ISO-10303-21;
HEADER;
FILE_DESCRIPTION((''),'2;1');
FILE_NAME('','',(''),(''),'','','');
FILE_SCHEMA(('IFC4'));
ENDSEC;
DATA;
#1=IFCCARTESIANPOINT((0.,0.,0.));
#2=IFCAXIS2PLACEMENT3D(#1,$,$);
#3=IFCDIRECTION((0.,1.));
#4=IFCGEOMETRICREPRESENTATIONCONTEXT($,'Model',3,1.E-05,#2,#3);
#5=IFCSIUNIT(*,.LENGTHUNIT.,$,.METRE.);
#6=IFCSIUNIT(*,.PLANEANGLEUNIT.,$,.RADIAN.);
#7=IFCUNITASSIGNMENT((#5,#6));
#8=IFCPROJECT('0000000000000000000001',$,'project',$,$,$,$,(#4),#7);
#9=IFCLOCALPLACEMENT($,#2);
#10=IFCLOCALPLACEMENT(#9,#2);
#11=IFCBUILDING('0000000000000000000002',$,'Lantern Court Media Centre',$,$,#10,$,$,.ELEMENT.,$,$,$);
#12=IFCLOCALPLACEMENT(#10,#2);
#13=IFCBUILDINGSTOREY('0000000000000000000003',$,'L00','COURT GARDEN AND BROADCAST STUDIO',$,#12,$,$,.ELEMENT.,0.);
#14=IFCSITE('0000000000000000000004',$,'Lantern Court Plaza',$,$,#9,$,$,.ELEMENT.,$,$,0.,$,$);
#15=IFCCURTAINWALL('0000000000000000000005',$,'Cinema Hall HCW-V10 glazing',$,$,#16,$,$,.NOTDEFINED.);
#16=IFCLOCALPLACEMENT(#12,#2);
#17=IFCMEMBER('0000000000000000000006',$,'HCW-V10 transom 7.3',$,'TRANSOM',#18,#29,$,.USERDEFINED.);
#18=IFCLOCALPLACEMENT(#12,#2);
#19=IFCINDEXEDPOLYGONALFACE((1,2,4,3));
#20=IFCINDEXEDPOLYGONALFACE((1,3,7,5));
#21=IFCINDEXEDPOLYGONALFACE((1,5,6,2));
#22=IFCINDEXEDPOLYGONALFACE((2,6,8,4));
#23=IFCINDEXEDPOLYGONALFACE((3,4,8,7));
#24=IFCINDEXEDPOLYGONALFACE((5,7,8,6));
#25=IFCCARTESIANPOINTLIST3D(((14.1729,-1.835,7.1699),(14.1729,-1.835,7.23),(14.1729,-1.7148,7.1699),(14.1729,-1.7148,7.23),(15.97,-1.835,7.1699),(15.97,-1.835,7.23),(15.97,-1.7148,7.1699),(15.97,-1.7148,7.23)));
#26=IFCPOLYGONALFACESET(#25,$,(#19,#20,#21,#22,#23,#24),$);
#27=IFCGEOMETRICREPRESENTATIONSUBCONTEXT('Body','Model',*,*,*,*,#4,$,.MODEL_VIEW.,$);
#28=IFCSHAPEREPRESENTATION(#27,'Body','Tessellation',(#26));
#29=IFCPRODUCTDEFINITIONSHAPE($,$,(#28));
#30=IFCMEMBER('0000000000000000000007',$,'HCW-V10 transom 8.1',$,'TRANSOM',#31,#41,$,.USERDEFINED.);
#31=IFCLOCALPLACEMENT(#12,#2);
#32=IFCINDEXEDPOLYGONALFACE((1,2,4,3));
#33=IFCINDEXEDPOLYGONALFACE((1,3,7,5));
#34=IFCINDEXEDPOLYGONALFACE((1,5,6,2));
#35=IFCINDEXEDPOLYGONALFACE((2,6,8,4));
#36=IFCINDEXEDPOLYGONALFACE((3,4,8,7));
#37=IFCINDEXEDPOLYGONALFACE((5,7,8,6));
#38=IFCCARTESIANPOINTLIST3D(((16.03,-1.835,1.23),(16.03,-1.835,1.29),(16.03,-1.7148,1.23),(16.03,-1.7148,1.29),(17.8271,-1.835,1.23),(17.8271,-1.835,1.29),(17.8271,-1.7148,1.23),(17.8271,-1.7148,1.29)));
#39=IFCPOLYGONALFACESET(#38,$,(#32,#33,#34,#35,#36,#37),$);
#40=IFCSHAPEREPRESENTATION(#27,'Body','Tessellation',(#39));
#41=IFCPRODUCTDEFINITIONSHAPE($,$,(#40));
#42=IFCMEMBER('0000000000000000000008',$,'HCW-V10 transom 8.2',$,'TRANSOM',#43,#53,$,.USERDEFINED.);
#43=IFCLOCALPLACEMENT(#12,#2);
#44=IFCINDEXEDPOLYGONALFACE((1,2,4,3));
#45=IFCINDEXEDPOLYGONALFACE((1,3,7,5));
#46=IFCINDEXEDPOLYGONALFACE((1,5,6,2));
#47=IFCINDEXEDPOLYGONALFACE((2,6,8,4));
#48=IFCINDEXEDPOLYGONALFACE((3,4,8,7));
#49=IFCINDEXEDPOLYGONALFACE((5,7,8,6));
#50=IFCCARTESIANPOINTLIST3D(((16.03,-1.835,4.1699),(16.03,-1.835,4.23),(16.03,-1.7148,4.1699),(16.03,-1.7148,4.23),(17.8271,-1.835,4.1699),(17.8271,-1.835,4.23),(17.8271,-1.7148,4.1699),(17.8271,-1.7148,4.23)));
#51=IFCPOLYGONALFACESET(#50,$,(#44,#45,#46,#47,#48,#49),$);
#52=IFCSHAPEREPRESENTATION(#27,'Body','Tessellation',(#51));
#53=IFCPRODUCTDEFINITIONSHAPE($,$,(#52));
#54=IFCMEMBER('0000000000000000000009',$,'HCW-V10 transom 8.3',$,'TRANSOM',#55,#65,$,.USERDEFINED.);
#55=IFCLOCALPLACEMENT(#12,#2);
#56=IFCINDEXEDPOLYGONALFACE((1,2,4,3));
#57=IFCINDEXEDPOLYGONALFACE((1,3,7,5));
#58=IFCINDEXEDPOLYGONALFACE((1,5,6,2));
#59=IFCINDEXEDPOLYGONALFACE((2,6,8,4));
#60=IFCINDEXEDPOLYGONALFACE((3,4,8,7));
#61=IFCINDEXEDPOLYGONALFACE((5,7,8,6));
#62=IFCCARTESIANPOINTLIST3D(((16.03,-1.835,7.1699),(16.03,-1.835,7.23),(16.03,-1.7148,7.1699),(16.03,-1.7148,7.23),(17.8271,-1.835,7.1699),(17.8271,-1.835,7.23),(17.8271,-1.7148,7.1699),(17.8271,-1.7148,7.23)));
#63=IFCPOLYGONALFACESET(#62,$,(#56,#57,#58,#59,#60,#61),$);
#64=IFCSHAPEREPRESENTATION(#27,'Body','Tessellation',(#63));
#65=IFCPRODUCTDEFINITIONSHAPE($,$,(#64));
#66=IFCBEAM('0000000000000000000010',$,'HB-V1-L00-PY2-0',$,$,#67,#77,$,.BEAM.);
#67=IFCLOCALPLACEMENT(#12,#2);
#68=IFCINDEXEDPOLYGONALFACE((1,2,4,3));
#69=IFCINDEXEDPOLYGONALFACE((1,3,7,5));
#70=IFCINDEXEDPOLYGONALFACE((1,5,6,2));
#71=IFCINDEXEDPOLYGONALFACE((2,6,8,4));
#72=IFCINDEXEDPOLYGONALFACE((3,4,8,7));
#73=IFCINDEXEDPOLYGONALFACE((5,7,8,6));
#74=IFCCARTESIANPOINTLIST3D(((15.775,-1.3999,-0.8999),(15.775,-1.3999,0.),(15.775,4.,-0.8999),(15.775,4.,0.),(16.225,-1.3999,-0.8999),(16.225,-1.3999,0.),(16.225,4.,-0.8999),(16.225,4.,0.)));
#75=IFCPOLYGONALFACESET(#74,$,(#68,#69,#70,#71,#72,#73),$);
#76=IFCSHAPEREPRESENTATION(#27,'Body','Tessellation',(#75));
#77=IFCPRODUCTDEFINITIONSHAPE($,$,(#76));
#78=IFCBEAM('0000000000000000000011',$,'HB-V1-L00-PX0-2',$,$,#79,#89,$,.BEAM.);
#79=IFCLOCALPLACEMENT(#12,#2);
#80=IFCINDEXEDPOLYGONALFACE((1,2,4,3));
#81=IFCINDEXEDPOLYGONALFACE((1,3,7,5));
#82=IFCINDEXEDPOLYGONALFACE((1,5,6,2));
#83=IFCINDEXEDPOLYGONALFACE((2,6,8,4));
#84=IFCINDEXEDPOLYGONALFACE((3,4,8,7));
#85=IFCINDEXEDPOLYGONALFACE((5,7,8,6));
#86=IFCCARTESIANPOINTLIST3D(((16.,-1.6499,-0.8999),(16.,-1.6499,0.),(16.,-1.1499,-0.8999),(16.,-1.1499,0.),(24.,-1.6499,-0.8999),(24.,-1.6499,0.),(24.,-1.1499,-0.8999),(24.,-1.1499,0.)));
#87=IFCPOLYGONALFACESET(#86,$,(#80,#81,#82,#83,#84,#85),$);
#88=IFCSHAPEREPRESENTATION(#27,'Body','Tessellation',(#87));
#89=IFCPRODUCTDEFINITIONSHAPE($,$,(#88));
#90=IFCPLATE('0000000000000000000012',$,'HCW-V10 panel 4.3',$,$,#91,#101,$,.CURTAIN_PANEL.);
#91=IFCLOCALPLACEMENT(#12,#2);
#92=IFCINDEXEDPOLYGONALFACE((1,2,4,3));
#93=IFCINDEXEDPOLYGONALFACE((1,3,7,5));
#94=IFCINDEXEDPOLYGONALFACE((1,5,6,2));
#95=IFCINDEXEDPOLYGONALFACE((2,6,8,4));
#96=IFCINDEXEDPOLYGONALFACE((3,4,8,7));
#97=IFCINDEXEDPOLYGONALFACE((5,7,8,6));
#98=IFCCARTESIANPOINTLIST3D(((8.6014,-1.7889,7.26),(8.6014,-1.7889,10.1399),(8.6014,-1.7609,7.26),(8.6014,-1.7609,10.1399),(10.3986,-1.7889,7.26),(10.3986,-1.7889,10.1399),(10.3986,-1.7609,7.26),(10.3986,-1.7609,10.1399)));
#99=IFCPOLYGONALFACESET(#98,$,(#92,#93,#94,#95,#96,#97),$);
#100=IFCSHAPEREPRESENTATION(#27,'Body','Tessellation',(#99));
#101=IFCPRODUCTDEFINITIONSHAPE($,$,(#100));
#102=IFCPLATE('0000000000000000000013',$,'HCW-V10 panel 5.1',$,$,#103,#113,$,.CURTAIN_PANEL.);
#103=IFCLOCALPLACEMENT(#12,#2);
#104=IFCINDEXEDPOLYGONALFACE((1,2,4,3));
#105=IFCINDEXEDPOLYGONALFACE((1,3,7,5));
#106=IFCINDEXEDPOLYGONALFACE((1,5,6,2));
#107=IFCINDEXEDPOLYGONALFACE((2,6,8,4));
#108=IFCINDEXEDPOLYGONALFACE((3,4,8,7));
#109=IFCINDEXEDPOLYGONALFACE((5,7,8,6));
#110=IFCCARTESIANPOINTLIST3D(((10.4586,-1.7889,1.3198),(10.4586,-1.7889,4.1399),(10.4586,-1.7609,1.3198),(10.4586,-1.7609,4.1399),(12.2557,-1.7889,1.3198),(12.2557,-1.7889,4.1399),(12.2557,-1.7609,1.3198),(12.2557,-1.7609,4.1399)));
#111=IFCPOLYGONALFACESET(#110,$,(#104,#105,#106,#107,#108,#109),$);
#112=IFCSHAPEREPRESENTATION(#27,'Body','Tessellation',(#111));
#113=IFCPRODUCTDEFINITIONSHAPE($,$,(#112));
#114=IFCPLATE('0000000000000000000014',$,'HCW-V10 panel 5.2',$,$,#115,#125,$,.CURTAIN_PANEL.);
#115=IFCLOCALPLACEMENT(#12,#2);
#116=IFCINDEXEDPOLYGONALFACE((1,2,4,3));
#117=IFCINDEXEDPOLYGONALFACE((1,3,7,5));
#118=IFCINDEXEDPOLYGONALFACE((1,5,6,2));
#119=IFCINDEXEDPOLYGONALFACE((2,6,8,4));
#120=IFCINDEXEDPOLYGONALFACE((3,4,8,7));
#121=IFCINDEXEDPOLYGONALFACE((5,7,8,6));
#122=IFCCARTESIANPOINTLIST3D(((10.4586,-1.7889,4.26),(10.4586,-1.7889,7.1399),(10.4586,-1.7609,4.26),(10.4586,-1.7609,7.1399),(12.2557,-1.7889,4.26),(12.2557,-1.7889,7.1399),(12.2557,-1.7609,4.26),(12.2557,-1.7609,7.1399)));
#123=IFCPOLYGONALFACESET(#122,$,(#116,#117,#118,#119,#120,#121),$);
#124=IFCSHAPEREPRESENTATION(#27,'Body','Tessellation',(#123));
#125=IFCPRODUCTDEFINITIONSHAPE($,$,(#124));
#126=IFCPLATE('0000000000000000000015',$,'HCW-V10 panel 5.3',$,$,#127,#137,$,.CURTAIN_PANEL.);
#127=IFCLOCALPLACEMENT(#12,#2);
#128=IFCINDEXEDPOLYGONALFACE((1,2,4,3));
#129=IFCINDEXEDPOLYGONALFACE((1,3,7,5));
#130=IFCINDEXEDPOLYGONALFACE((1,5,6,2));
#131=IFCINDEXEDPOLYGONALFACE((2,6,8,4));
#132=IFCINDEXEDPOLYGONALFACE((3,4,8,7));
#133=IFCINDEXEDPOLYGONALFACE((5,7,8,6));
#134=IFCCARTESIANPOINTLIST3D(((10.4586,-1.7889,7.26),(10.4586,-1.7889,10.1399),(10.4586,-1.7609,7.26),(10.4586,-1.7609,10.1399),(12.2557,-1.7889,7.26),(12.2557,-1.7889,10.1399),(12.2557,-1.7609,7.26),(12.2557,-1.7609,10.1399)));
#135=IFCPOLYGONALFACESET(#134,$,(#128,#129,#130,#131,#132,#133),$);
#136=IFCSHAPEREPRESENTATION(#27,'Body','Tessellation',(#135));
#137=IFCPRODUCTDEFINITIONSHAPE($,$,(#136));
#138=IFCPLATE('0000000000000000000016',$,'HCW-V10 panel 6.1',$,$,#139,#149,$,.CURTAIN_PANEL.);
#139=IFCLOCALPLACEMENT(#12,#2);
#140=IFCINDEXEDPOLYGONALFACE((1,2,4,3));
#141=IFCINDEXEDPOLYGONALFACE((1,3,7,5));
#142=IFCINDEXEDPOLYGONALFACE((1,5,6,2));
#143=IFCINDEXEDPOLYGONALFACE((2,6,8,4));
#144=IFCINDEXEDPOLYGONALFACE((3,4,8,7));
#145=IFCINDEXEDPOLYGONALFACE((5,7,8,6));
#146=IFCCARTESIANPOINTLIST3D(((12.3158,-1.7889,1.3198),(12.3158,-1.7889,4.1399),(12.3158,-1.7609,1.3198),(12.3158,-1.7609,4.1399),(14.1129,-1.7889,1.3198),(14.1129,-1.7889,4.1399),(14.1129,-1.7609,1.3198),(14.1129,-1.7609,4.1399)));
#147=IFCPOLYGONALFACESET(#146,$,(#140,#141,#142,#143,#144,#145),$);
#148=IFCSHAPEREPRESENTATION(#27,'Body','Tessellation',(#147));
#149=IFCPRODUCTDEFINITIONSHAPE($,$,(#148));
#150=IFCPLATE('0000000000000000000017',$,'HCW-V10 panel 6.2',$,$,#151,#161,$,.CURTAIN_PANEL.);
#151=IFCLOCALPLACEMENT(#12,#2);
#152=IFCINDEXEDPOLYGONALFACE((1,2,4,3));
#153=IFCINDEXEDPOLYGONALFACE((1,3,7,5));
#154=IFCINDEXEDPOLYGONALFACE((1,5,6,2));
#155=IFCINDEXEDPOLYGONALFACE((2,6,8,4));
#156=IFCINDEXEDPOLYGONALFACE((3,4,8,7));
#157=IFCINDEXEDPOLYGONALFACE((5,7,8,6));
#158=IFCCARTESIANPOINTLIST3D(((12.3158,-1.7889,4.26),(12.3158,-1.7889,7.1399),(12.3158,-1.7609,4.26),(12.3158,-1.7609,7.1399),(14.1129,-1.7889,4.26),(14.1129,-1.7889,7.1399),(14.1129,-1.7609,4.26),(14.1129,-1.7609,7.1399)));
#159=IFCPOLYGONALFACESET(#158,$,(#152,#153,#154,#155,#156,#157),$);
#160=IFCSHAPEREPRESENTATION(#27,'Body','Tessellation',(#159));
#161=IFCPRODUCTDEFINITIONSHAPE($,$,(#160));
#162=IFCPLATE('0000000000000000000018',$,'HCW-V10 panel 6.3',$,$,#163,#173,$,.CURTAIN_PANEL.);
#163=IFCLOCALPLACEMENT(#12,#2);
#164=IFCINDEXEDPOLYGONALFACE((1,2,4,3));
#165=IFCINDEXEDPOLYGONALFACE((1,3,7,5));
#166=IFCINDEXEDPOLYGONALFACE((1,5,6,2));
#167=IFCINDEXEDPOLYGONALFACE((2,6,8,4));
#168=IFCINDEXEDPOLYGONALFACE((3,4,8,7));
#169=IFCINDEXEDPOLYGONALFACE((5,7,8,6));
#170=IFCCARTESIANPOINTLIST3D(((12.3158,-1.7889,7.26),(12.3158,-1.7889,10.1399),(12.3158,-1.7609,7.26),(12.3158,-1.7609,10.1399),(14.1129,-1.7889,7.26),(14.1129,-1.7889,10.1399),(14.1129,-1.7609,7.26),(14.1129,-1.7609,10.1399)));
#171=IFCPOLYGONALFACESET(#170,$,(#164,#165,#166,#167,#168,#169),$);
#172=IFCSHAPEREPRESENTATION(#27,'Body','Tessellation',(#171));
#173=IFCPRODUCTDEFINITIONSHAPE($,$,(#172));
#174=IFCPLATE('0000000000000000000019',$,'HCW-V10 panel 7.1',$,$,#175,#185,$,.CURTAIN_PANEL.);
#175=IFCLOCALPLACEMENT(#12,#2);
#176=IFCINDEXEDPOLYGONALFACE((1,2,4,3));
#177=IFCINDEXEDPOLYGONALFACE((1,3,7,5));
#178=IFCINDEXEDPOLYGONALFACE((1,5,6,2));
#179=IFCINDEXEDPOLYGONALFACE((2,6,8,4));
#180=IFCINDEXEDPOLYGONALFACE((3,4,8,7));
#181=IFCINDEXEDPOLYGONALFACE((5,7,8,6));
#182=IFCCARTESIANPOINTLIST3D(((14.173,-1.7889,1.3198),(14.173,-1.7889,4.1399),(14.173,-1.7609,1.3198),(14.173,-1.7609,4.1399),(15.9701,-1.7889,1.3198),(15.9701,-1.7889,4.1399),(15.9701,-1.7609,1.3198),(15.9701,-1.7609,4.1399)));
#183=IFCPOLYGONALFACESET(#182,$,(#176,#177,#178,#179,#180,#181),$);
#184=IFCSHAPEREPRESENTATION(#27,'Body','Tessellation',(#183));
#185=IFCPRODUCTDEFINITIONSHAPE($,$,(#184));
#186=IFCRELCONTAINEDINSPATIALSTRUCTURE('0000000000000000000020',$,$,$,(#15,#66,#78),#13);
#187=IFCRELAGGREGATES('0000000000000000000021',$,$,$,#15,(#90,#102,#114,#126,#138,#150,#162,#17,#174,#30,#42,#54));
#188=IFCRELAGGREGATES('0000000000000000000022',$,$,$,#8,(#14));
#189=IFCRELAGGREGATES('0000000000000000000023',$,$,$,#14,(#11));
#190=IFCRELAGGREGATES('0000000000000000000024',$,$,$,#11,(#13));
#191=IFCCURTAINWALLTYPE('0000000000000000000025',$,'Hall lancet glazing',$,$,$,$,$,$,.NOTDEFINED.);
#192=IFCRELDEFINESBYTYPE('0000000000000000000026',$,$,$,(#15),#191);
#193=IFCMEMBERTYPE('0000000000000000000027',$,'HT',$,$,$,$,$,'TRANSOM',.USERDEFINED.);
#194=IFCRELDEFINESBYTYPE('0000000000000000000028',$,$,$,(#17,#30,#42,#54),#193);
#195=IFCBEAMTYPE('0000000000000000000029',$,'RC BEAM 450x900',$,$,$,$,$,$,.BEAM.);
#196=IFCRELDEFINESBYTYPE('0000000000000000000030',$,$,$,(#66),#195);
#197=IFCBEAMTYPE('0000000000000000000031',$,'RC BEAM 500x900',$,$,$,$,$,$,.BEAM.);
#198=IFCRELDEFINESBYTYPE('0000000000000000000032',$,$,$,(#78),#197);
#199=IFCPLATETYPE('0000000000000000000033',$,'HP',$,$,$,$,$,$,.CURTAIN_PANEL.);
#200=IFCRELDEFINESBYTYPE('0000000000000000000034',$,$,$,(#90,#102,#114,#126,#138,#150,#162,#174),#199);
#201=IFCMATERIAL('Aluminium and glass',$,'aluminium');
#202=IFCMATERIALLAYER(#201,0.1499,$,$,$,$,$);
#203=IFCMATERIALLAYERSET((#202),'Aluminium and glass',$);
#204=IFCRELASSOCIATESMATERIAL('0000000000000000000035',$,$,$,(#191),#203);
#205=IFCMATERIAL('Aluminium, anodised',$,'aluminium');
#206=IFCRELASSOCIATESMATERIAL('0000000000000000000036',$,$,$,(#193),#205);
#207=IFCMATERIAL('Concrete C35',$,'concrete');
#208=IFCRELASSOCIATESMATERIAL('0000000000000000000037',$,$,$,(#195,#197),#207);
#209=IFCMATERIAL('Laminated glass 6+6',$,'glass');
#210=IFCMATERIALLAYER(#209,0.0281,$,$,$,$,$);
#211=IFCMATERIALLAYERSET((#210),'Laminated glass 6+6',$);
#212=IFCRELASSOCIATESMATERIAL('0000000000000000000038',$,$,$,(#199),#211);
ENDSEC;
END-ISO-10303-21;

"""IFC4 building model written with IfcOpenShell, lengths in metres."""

from ifc_helpers import new_model, si_unit, direction, frame, origin, origin_2d, place, context, subcontext, project, spatial, rectangle, extrude, material, layer, layer_set, material_profile, profile_set, type_object, element, aggregate, save


model = new_model("IFC4")

# Units and contexts
model_context = context("Model", 3, precision=1e-05, world=origin(), true_north=direction((0.0, 1.0)))
body_context = subcontext(model_context, "Body", "Model", "MODEL_VIEW")
ifc_project = project(units=[si_unit("LENGTHUNIT", "METRE"), si_unit("PLANEANGLEUNIT", "RADIAN")], contexts=[model_context])

# Site, building, storey
site_placement = place(None, origin())
site = spatial("IfcSite", under=ifc_project, at=site_placement, Name="Lantern Court Plaza", CompositionType="ELEMENT", RefElevation=0.0)
building_placement = place(site_placement, origin())
building = spatial("IfcBuilding", under=site, at=building_placement, Name="Lantern Court Media Centre", CompositionType="ELEMENT")
storey_placement = place(building_placement, origin())
storey = spatial("IfcBuildingStorey", under=building, at=storey_placement, Name="L00", Description="COURT GARDEN AND BROADCAST STUDIO", CompositionType="ELEMENT", Elevation=0.0)

# Shared definitions
ifc_material_1 = material(Name="Concrete C35", Category="concrete")

# Curtain wall, members
ifc_material_2 = material(Name="Aluminium and glass", Category="aluminium")
ifc_layer_1 = layer(ifc_material_2, 0.1499)
ifc_layer_set_1 = layer_set([ifc_layer_1], Name="Aluminium and glass")
curtain_wall_type = type_object("IfcCurtainWallType", Name="Hall lancet glazing", PredefinedType="NOTDEFINED", material=ifc_layer_set_1)
curtain_wall_placement = place(storey_placement, origin())
curtain_wall = element("IfcCurtainWall", 1, at=curtain_wall_placement, inside=storey, type_object=curtain_wall_type, Name="Cinema Hall HCW-V10 glazing", PredefinedType="NOTDEFINED")
ifc_material_3 = material(Name="Aluminium, anodised", Category="aluminium")
ifc_material_profile_1 = material_profile(ifc_material_3, rectangle(XDim=0.1201, YDim=0.0601, at=origin_2d()), Name="HT")
ifc_profile_set_1 = profile_set([ifc_material_profile_1], Name="Aluminium, anodised")
member_type_1 = type_object("IfcMemberType", Name="HT", ElementType="TRANSOM", PredefinedType="USERDEFINED", material=ifc_profile_set_1)
member_1_placement = place(storey_placement, frame((14.1729, -1.7749, 7.2), z_axis=(1.0, 0.0, 0.0), x_axis=(0.0, 1.0, 0.0)))
member_1 = element("IfcMember", 2, at=member_1_placement, type_object=member_type_1, Name="HCW-V10 transom 7.3", ObjectType="TRANSOM", PredefinedType="USERDEFINED", context=body_context, shape_type="SweptSolid", body=[
    extrude(rectangle(XDim=0.1201, YDim=0.0601, at=origin_2d()), origin(), (0.0, 0.0, 1.0), 1.7971),
])
member_2_placement = place(storey_placement, frame((16.03, -1.7749, 1.26), z_axis=(1.0, 0.0, 0.0), x_axis=(0.0, 1.0, 0.0)))
member_2 = element("IfcMember", 3, at=member_2_placement, type_object=member_type_1, Name="HCW-V10 transom 8.1", ObjectType="TRANSOM", PredefinedType="USERDEFINED", context=body_context, shape_type="SweptSolid", body=[
    extrude(rectangle(XDim=0.1201, YDim=0.0601, at=origin_2d()), origin(), (0.0, 0.0, 1.0), 1.7971),
])
member_3_placement = place(storey_placement, frame((16.03, -1.7749, 4.2), z_axis=(1.0, 0.0, 0.0), x_axis=(0.0, 1.0, 0.0)))
member_3 = element("IfcMember", 4, at=member_3_placement, type_object=member_type_1, Name="HCW-V10 transom 8.2", ObjectType="TRANSOM", PredefinedType="USERDEFINED", context=body_context, shape_type="SweptSolid", body=[
    extrude(rectangle(XDim=0.1201, YDim=0.0601, at=origin_2d()), origin(), (0.0, 0.0, 1.0), 1.7971),
])
member_4_placement = place(storey_placement, frame((16.03, -1.7749, 7.2), z_axis=(1.0, 0.0, 0.0), x_axis=(0.0, 1.0, 0.0)))
member_4 = element("IfcMember", 5, at=member_4_placement, type_object=member_type_1, Name="HCW-V10 transom 8.3", ObjectType="TRANSOM", PredefinedType="USERDEFINED", context=body_context, shape_type="SweptSolid", body=[
    extrude(rectangle(XDim=0.1201, YDim=0.0601, at=origin_2d()), origin(), (0.0, 0.0, 1.0), 1.7971),
])

# Beams
ifc_material_profile_2 = material_profile(ifc_material_1, rectangle(XDim=0.45, YDim=0.8999, at=origin_2d()), Name="RC 450x900")
ifc_profile_set_2 = profile_set([ifc_material_profile_2], Name="Concrete C35")
beam_type_1 = type_object("IfcBeamType", Name="RC BEAM 450x900", PredefinedType="BEAM", material=ifc_profile_set_2)
beam_1_placement = place(storey_placement, frame((16.0, -1.3999, -0.45), z_axis=(0.0, 1.0, 0.0), x_axis=(-1.0, 0.0, 0.0)))
element("IfcBeam", 6, at=beam_1_placement, inside=storey, type_object=beam_type_1, Name="HB-V1-L00-PY2-0", PredefinedType="BEAM", context=body_context, shape_type="SweptSolid", body=[
    extrude(rectangle(XDim=0.45, YDim=0.8999, at=origin_2d()), origin(), (0.0, 0.0, 1.0), 5.3999),
])
ifc_material_profile_3 = material_profile(ifc_material_1, rectangle(XDim=0.5, YDim=0.8999, at=origin_2d()), Name="RC 500x900")
ifc_profile_set_3 = profile_set([ifc_material_profile_3], Name="Concrete C35")
beam_type_2 = type_object("IfcBeamType", Name="RC BEAM 500x900", PredefinedType="BEAM", material=ifc_profile_set_3)
beam_2_placement = place(storey_placement, frame((16.0, -1.3999, -0.45), z_axis=(1.0, 0.0, 0.0), x_axis=(0.0, 1.0, 0.0)))
element("IfcBeam", 7, at=beam_2_placement, inside=storey, type_object=beam_type_2, Name="HB-V1-L00-PX0-2", PredefinedType="BEAM", context=body_context, shape_type="SweptSolid", body=[
    extrude(rectangle(XDim=0.5, YDim=0.8999, at=origin_2d()), origin(), (0.0, 0.0, 1.0), 8.0),
])

# Plates
ifc_material_4 = material(Name="Laminated glass 6+6", Category="glass")
ifc_layer_2 = layer(ifc_material_4, 0.0281)
ifc_layer_set_2 = layer_set([ifc_layer_2], Name="Laminated glass 6+6")
plate_type = type_object("IfcPlateType", Name="HP", PredefinedType="CURTAIN_PANEL", material=ifc_layer_set_2)
plate_1_placement = place(storey_placement, frame((9.5, -1.7749, 7.26), z_axis=(0.0, 0.0, 1.0), x_axis=(1.0, 0.0, 0.0)))
plate_1 = element("IfcPlate", 8, at=plate_1_placement, type_object=plate_type, Name="HCW-V10 panel 4.3", PredefinedType="CURTAIN_PANEL", context=body_context, shape_type="SweptSolid", body=[
    extrude(rectangle(XDim=1.7971, YDim=0.0281, at=origin_2d()), origin(), (0.0, 0.0, 1.0), 2.8799),
])
plate_2_placement = place(storey_placement, frame((11.3572, -1.7749, 1.3198), z_axis=(0.0, 0.0, 1.0), x_axis=(1.0, 0.0, 0.0)))
plate_2 = element("IfcPlate", 9, at=plate_2_placement, type_object=plate_type, Name="HCW-V10 panel 5.1", PredefinedType="CURTAIN_PANEL", context=body_context, shape_type="SweptSolid", body=[
    extrude(rectangle(XDim=1.7971, YDim=0.0281, at=origin_2d()), origin(), (0.0, 0.0, 1.0), 2.8201),
])
plate_3_placement = place(storey_placement, frame((11.3572, -1.7749, 4.26), z_axis=(0.0, 0.0, 1.0), x_axis=(1.0, 0.0, 0.0)))
plate_3 = element("IfcPlate", 10, at=plate_3_placement, type_object=plate_type, Name="HCW-V10 panel 5.2", PredefinedType="CURTAIN_PANEL", context=body_context, shape_type="SweptSolid", body=[
    extrude(rectangle(XDim=1.7971, YDim=0.0281, at=origin_2d()), origin(), (0.0, 0.0, 1.0), 2.8799),
])
plate_4_placement = place(storey_placement, frame((11.3572, -1.7749, 7.26), z_axis=(0.0, 0.0, 1.0), x_axis=(1.0, 0.0, 0.0)))
plate_4 = element("IfcPlate", 11, at=plate_4_placement, type_object=plate_type, Name="HCW-V10 panel 5.3", PredefinedType="CURTAIN_PANEL", context=body_context, shape_type="SweptSolid", body=[
    extrude(rectangle(XDim=1.7971, YDim=0.0281, at=origin_2d()), origin(), (0.0, 0.0, 1.0), 2.8799),
])
plate_5_placement = place(storey_placement, frame((13.2144, -1.7749, 1.3198), z_axis=(0.0, 0.0, 1.0), x_axis=(1.0, 0.0, 0.0)))
plate_5 = element("IfcPlate", 12, at=plate_5_placement, type_object=plate_type, Name="HCW-V10 panel 6.1", PredefinedType="CURTAIN_PANEL", context=body_context, shape_type="SweptSolid", body=[
    extrude(rectangle(XDim=1.7971, YDim=0.0281, at=origin_2d()), origin(), (0.0, 0.0, 1.0), 2.8201),
])
plate_6_placement = place(storey_placement, frame((13.2144, -1.7749, 4.26), z_axis=(0.0, 0.0, 1.0), x_axis=(1.0, 0.0, 0.0)))
plate_6 = element("IfcPlate", 13, at=plate_6_placement, type_object=plate_type, Name="HCW-V10 panel 6.2", PredefinedType="CURTAIN_PANEL", context=body_context, shape_type="SweptSolid", body=[
    extrude(rectangle(XDim=1.7971, YDim=0.0281, at=origin_2d()), origin(), (0.0, 0.0, 1.0), 2.8799),
])
plate_7_placement = place(storey_placement, frame((13.2144, -1.7749, 7.26), z_axis=(0.0, 0.0, 1.0), x_axis=(1.0, 0.0, 0.0)))
plate_7 = element("IfcPlate", 14, at=plate_7_placement, type_object=plate_type, Name="HCW-V10 panel 6.3", PredefinedType="CURTAIN_PANEL", context=body_context, shape_type="SweptSolid", body=[
    extrude(rectangle(XDim=1.7971, YDim=0.0281, at=origin_2d()), origin(), (0.0, 0.0, 1.0), 2.8799),
])
plate_8_placement = place(storey_placement, frame((15.0715, -1.7749, 1.3198), z_axis=(0.0, 0.0, 1.0), x_axis=(1.0, 0.0, 0.0)))
plate_8 = element("IfcPlate", 15, at=plate_8_placement, type_object=plate_type, Name="HCW-V10 panel 7.1", PredefinedType="CURTAIN_PANEL", context=body_context, shape_type="SweptSolid", body=[
    extrude(rectangle(XDim=1.7971, YDim=0.0281, at=origin_2d()), origin(), (0.0, 0.0, 1.0), 2.8201),
])
aggregate(curtain_wall, [plate_1, plate_2, plate_3, plate_4, plate_5, plate_6, plate_7, member_1, plate_8, member_2, member_3, member_4])

save(model, "model.ifc")
